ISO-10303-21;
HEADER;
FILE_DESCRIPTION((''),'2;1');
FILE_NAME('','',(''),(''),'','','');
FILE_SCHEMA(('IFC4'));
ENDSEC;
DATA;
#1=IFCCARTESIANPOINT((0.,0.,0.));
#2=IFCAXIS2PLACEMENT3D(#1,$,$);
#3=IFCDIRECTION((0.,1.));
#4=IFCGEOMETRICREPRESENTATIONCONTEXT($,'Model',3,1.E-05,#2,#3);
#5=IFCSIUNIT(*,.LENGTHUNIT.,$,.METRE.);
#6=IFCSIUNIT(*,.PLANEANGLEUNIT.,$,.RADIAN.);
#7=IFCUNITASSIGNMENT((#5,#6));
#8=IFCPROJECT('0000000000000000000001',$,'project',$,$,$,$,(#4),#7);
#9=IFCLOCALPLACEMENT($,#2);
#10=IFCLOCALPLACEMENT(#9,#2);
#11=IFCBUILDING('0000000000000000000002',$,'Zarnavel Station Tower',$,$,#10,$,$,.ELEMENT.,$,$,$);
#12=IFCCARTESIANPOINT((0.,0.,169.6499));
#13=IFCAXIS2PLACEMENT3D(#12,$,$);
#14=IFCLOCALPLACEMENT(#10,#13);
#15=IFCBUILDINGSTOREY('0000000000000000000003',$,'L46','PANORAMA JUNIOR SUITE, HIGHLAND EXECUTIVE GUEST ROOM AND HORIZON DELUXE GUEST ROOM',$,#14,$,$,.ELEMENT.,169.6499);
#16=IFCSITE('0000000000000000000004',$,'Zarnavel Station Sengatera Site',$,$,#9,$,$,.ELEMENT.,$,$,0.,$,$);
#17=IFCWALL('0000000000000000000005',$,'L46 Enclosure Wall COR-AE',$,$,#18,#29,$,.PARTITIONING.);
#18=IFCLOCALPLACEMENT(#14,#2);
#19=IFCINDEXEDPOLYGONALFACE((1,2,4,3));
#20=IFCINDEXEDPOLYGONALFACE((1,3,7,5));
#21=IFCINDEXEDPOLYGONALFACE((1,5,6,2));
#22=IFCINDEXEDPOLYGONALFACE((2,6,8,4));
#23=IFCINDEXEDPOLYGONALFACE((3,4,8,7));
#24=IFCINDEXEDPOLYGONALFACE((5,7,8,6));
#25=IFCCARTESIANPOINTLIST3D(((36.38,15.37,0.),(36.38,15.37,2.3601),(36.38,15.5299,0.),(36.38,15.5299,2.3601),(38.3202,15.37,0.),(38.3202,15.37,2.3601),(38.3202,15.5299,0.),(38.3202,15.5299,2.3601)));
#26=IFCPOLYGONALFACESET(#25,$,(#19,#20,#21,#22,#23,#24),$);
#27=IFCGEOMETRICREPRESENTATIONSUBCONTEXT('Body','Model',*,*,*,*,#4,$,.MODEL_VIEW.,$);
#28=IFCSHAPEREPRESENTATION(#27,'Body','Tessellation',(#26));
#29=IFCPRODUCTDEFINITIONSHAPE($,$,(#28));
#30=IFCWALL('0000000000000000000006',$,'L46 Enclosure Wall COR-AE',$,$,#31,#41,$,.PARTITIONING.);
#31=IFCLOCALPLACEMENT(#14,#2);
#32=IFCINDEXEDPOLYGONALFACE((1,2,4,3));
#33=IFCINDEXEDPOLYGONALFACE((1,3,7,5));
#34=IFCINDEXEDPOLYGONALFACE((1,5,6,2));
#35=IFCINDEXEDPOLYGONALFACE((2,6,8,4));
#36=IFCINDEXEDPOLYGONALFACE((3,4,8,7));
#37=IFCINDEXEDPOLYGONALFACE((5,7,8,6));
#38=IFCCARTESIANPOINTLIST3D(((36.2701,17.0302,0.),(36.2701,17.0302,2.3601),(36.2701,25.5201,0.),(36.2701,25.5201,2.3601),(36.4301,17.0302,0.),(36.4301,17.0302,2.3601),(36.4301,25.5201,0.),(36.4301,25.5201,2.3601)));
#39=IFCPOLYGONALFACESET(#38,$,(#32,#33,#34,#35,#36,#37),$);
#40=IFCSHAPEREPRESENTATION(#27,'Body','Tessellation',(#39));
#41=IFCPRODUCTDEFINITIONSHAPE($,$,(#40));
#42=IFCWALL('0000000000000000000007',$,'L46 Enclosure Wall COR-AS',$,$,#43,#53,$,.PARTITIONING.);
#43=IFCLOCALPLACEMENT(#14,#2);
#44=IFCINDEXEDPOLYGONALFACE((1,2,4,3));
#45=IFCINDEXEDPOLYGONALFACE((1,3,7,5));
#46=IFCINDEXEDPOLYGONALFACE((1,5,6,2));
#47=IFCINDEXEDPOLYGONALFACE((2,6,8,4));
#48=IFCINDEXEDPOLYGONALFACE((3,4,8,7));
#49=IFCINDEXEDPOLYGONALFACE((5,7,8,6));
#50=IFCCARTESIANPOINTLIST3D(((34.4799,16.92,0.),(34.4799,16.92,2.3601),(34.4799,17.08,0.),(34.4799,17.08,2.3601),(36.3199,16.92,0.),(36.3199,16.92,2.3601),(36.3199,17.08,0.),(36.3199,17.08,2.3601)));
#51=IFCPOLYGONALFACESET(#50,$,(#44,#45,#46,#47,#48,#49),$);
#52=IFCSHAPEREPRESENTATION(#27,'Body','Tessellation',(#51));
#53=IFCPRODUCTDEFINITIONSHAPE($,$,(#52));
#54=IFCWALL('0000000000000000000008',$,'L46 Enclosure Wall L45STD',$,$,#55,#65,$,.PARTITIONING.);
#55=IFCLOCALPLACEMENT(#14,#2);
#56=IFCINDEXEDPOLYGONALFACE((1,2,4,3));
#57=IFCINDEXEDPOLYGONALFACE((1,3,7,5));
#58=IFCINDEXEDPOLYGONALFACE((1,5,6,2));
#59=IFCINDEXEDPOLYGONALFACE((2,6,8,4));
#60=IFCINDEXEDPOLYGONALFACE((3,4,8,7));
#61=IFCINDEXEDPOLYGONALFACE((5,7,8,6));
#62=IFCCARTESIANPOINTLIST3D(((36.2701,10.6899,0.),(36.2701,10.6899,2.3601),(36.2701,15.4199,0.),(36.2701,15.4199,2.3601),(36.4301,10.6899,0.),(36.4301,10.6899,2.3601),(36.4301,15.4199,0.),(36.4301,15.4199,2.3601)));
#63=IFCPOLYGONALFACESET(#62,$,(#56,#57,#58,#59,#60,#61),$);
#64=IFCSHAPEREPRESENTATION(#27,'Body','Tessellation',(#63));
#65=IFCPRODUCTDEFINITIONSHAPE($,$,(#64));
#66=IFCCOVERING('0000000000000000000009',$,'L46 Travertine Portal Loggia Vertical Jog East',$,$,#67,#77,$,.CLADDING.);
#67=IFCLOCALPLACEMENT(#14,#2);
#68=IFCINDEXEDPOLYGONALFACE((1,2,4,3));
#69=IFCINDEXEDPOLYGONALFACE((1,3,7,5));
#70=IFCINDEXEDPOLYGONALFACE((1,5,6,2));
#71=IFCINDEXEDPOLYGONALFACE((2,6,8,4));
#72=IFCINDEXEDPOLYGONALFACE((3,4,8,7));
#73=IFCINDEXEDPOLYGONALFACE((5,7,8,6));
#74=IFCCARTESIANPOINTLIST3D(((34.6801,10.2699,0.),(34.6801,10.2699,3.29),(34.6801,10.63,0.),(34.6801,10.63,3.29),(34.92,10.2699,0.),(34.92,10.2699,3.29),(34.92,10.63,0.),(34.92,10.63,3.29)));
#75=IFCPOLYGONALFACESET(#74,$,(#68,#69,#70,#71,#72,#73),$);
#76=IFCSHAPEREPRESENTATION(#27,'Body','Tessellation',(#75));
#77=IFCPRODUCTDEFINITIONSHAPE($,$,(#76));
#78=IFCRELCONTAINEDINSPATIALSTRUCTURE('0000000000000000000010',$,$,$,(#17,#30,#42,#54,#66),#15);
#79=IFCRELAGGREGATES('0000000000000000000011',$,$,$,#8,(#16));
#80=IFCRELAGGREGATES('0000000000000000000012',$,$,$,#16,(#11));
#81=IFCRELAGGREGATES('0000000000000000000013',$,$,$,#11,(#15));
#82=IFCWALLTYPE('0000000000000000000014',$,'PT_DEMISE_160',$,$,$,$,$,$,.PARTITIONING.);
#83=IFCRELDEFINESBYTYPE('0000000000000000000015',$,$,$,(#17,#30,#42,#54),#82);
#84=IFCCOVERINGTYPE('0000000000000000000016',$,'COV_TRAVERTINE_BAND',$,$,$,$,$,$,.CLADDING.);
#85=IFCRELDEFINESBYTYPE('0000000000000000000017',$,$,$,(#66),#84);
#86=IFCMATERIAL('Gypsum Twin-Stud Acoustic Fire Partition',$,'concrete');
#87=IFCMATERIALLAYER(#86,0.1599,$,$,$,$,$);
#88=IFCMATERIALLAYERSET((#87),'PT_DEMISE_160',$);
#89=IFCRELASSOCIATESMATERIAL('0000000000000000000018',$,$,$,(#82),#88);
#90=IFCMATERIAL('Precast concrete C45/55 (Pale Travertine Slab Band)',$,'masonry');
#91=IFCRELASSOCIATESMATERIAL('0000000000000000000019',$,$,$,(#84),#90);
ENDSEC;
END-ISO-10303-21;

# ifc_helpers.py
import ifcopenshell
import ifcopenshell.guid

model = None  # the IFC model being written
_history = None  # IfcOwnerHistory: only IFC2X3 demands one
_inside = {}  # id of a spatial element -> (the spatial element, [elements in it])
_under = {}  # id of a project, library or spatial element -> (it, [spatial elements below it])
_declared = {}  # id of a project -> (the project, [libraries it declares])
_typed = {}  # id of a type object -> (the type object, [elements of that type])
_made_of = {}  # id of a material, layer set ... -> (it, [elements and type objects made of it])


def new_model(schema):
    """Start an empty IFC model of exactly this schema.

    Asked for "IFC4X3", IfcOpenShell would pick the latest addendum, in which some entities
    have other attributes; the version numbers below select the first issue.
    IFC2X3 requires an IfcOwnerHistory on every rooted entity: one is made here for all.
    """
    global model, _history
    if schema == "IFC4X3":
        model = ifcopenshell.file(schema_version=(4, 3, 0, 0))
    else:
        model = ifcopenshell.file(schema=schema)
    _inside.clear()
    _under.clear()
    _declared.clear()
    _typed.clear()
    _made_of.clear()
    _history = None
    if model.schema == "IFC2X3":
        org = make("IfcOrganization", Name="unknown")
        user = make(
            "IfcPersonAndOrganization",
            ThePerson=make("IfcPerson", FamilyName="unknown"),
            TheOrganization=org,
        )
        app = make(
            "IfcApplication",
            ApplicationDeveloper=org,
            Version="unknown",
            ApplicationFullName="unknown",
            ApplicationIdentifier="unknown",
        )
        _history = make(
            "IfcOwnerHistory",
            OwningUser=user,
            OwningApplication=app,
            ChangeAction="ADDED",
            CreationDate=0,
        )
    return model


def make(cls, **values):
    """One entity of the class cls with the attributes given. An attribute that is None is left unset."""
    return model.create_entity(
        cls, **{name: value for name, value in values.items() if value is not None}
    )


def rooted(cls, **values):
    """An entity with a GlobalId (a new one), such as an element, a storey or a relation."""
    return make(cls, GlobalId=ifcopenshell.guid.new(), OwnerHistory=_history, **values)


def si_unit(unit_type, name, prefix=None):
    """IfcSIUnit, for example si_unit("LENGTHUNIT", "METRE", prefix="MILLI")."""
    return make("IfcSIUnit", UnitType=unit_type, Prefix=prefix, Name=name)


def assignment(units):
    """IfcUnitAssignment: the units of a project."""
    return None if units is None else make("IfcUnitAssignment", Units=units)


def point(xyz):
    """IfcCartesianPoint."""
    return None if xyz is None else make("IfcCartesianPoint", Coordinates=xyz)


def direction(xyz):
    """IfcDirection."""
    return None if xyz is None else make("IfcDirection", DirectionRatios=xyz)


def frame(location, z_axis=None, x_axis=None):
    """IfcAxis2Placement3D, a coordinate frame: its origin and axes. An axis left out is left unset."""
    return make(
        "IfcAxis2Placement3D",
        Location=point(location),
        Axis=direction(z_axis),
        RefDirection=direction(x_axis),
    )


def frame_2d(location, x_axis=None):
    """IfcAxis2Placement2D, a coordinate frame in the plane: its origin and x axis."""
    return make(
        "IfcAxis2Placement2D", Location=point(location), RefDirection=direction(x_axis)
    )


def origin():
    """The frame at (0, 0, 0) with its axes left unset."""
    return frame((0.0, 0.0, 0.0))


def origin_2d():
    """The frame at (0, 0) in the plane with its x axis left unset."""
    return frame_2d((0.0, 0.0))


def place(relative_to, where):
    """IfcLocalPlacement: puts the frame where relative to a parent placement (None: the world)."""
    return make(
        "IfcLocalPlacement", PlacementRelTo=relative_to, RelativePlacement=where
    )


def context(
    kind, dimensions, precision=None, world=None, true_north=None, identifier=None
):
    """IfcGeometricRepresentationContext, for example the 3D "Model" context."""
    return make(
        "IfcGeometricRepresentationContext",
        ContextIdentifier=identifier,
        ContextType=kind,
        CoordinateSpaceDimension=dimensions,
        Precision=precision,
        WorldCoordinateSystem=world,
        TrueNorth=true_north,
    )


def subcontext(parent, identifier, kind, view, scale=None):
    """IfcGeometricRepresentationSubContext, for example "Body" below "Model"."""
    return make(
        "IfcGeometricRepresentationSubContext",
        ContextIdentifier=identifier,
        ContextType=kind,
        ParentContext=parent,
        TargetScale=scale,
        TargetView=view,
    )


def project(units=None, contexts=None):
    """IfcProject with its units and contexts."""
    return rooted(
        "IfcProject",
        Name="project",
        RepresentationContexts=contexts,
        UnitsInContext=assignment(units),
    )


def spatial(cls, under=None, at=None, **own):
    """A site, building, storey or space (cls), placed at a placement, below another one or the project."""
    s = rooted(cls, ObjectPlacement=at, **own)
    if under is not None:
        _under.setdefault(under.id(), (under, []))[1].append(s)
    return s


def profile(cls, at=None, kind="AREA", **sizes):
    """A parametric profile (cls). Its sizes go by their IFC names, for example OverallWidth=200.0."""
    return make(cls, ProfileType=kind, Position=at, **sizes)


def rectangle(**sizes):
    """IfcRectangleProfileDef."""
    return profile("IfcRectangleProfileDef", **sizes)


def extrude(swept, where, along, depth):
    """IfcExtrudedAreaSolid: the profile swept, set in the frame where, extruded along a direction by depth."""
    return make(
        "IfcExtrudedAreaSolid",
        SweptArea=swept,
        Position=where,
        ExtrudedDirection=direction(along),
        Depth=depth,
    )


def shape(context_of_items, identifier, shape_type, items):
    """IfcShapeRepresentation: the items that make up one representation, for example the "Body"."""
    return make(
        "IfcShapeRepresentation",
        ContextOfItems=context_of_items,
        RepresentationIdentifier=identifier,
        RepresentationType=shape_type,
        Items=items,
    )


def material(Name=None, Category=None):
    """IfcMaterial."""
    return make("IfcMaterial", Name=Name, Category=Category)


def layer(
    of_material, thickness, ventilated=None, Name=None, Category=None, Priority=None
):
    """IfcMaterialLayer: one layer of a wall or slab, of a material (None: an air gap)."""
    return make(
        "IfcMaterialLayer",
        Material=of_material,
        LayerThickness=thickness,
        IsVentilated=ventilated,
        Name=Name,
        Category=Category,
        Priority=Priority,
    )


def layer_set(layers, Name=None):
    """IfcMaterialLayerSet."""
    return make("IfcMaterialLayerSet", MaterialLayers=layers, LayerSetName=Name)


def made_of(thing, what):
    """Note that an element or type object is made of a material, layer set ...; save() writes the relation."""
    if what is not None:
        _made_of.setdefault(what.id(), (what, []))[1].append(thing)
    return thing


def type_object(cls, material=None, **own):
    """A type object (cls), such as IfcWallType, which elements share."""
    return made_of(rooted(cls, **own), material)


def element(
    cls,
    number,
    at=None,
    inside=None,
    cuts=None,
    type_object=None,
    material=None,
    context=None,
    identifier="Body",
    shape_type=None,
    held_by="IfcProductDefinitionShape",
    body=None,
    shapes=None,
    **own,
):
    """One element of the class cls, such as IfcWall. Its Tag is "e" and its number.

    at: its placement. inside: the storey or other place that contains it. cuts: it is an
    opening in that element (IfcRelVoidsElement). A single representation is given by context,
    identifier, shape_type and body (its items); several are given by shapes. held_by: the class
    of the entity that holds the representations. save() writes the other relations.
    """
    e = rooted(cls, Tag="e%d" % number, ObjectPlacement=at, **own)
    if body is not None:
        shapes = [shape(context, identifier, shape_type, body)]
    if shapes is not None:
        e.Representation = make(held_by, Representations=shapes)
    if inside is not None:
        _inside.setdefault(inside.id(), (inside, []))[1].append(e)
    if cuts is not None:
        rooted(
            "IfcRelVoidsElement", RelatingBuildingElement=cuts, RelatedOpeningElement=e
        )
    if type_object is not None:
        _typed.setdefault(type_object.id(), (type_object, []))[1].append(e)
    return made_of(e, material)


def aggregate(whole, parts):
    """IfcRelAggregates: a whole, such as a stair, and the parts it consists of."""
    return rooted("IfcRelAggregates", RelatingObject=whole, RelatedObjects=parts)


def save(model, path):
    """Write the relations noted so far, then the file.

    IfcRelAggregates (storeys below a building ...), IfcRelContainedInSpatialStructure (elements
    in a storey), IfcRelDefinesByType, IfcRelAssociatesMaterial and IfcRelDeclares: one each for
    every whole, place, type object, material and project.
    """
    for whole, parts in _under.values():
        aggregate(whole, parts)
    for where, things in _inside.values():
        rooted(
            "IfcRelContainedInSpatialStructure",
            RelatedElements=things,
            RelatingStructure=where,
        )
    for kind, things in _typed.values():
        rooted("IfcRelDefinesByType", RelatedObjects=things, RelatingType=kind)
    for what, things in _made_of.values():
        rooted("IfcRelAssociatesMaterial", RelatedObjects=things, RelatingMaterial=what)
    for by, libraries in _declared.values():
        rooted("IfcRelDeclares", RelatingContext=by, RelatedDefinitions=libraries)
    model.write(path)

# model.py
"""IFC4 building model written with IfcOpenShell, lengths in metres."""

from ifc_helpers import new_model, si_unit, direction, frame, frame_2d, origin, origin_2d, place, context, subcontext, project, spatial, rectangle, extrude, material, layer, layer_set, type_object, element, save


model = new_model("IFC4")

# Units and contexts
model_context = context("Model", 3, precision=1e-05, world=origin(), true_north=direction((0.0, 1.0)))
body_context = subcontext(model_context, "Body", "Model", "MODEL_VIEW")
ifc_project = project(units=[si_unit("LENGTHUNIT", "METRE"), si_unit("PLANEANGLEUNIT", "RADIAN")], contexts=[model_context])

# Site, building, storey
site_placement = place(None, origin())
site = spatial("IfcSite", under=ifc_project, at=site_placement, Name="Zarnavel Station Sengatera Site", CompositionType="ELEMENT", RefElevation=0.0)
building_placement = place(site_placement, origin())
building = spatial("IfcBuilding", under=site, at=building_placement, Name="Zarnavel Station Tower", CompositionType="ELEMENT")
storey_placement = place(building_placement, frame((0.0, 0.0, 169.6499)))
storey = spatial("IfcBuildingStorey", under=building, at=storey_placement, Name="L46", Description="PANORAMA JUNIOR SUITE, HIGHLAND EXECUTIVE GUEST ROOM AND HORIZON DELUXE GUEST ROOM", CompositionType="ELEMENT", Elevation=169.6499)

# Walls
ifc_material_1 = material(Name="Gypsum Twin-Stud Acoustic Fire Partition", Category="concrete")
ifc_layer_1 = layer(ifc_material_1, 0.1599)
ifc_layer_set_1 = layer_set([ifc_layer_1], Name="PT_DEMISE_160")
wall_type = type_object("IfcWallType", Name="PT_DEMISE_160", PredefinedType="PARTITIONING", material=ifc_layer_set_1)
wall_1_placement = place(storey_placement, frame((36.3799, 15.45, 0.0), z_axis=(0.0, 0.0, 1.0), x_axis=(1.0, 0.0, 0.0)))
element("IfcWall", 1, at=wall_1_placement, inside=storey, type_object=wall_type, Name="L46 Enclosure Wall COR-AE", PredefinedType="PARTITIONING", context=body_context, shape_type="SweptSolid", body=[
    extrude(rectangle(XDim=1.9402, YDim=0.1599, at=frame_2d((0.9702, 0.0))), origin(), (0.0, 0.0, 1.0), 2.3601),
])
wall_2_placement = place(storey_placement, frame((36.3501, 17.03, 0.0), z_axis=(0.0, 0.0, 1.0), x_axis=(0.0, 1.0, 0.0)))
element("IfcWall", 2, at=wall_2_placement, inside=storey, type_object=wall_type, Name="L46 Enclosure Wall COR-AE", PredefinedType="PARTITIONING", context=body_context, shape_type="SweptSolid", body=[
    extrude(rectangle(XDim=8.49, YDim=0.1599, at=frame_2d((4.2451, 0.0))), origin(), (0.0, 0.0, 1.0), 2.3601),
])
wall_3_placement = place(storey_placement, frame((34.48, 17.0, 0.0), z_axis=(0.0, 0.0, 1.0), x_axis=(1.0, 0.0, 0.0)))
element("IfcWall", 3, at=wall_3_placement, inside=storey, type_object=wall_type, Name="L46 Enclosure Wall COR-AS", PredefinedType="PARTITIONING", context=body_context, shape_type="SweptSolid", body=[
    extrude(rectangle(XDim=1.8401, YDim=0.1599, at=frame_2d((0.9199, 0.0))), origin(), (0.0, 0.0, 1.0), 2.3601),
])
wall_4_placement = place(storey_placement, frame((36.3501, 10.6899, 0.0), z_axis=(0.0, 0.0, 1.0), x_axis=(0.0, 1.0, 0.0)))
element("IfcWall", 4, at=wall_4_placement, inside=storey, type_object=wall_type, Name="L46 Enclosure Wall L45STD", PredefinedType="PARTITIONING", context=body_context, shape_type="SweptSolid", body=[
    extrude(rectangle(XDim=4.73, YDim=0.1599, at=frame_2d((2.365, 0.0))), origin(), (0.0, 0.0, 1.0), 2.3601),
])

# Covering
ifc_material_2 = material(Name="Precast concrete C45/55 (Pale Travertine Slab Band)", Category="masonry")
covering_type = type_object("IfcCoveringType", Name="COV_TRAVERTINE_BAND", PredefinedType="CLADDING", material=ifc_material_2)
covering_placement = place(storey_placement, frame((34.8, 10.45, 0.0), z_axis=(0.0, 0.0, 1.0), x_axis=(1.0, 0.0, 0.0)))
element("IfcCovering", 5, at=covering_placement, inside=storey, type_object=covering_type, Name="L46 Travertine Portal Loggia Vertical Jog East", PredefinedType="CLADDING", context=body_context, shape_type="SweptSolid", body=[
    extrude(rectangle(XDim=0.24, YDim=0.3601, at=origin_2d()), origin(), (0.0, 0.0, 1.0), 3.29),
])

save(model, "model.ifc")
